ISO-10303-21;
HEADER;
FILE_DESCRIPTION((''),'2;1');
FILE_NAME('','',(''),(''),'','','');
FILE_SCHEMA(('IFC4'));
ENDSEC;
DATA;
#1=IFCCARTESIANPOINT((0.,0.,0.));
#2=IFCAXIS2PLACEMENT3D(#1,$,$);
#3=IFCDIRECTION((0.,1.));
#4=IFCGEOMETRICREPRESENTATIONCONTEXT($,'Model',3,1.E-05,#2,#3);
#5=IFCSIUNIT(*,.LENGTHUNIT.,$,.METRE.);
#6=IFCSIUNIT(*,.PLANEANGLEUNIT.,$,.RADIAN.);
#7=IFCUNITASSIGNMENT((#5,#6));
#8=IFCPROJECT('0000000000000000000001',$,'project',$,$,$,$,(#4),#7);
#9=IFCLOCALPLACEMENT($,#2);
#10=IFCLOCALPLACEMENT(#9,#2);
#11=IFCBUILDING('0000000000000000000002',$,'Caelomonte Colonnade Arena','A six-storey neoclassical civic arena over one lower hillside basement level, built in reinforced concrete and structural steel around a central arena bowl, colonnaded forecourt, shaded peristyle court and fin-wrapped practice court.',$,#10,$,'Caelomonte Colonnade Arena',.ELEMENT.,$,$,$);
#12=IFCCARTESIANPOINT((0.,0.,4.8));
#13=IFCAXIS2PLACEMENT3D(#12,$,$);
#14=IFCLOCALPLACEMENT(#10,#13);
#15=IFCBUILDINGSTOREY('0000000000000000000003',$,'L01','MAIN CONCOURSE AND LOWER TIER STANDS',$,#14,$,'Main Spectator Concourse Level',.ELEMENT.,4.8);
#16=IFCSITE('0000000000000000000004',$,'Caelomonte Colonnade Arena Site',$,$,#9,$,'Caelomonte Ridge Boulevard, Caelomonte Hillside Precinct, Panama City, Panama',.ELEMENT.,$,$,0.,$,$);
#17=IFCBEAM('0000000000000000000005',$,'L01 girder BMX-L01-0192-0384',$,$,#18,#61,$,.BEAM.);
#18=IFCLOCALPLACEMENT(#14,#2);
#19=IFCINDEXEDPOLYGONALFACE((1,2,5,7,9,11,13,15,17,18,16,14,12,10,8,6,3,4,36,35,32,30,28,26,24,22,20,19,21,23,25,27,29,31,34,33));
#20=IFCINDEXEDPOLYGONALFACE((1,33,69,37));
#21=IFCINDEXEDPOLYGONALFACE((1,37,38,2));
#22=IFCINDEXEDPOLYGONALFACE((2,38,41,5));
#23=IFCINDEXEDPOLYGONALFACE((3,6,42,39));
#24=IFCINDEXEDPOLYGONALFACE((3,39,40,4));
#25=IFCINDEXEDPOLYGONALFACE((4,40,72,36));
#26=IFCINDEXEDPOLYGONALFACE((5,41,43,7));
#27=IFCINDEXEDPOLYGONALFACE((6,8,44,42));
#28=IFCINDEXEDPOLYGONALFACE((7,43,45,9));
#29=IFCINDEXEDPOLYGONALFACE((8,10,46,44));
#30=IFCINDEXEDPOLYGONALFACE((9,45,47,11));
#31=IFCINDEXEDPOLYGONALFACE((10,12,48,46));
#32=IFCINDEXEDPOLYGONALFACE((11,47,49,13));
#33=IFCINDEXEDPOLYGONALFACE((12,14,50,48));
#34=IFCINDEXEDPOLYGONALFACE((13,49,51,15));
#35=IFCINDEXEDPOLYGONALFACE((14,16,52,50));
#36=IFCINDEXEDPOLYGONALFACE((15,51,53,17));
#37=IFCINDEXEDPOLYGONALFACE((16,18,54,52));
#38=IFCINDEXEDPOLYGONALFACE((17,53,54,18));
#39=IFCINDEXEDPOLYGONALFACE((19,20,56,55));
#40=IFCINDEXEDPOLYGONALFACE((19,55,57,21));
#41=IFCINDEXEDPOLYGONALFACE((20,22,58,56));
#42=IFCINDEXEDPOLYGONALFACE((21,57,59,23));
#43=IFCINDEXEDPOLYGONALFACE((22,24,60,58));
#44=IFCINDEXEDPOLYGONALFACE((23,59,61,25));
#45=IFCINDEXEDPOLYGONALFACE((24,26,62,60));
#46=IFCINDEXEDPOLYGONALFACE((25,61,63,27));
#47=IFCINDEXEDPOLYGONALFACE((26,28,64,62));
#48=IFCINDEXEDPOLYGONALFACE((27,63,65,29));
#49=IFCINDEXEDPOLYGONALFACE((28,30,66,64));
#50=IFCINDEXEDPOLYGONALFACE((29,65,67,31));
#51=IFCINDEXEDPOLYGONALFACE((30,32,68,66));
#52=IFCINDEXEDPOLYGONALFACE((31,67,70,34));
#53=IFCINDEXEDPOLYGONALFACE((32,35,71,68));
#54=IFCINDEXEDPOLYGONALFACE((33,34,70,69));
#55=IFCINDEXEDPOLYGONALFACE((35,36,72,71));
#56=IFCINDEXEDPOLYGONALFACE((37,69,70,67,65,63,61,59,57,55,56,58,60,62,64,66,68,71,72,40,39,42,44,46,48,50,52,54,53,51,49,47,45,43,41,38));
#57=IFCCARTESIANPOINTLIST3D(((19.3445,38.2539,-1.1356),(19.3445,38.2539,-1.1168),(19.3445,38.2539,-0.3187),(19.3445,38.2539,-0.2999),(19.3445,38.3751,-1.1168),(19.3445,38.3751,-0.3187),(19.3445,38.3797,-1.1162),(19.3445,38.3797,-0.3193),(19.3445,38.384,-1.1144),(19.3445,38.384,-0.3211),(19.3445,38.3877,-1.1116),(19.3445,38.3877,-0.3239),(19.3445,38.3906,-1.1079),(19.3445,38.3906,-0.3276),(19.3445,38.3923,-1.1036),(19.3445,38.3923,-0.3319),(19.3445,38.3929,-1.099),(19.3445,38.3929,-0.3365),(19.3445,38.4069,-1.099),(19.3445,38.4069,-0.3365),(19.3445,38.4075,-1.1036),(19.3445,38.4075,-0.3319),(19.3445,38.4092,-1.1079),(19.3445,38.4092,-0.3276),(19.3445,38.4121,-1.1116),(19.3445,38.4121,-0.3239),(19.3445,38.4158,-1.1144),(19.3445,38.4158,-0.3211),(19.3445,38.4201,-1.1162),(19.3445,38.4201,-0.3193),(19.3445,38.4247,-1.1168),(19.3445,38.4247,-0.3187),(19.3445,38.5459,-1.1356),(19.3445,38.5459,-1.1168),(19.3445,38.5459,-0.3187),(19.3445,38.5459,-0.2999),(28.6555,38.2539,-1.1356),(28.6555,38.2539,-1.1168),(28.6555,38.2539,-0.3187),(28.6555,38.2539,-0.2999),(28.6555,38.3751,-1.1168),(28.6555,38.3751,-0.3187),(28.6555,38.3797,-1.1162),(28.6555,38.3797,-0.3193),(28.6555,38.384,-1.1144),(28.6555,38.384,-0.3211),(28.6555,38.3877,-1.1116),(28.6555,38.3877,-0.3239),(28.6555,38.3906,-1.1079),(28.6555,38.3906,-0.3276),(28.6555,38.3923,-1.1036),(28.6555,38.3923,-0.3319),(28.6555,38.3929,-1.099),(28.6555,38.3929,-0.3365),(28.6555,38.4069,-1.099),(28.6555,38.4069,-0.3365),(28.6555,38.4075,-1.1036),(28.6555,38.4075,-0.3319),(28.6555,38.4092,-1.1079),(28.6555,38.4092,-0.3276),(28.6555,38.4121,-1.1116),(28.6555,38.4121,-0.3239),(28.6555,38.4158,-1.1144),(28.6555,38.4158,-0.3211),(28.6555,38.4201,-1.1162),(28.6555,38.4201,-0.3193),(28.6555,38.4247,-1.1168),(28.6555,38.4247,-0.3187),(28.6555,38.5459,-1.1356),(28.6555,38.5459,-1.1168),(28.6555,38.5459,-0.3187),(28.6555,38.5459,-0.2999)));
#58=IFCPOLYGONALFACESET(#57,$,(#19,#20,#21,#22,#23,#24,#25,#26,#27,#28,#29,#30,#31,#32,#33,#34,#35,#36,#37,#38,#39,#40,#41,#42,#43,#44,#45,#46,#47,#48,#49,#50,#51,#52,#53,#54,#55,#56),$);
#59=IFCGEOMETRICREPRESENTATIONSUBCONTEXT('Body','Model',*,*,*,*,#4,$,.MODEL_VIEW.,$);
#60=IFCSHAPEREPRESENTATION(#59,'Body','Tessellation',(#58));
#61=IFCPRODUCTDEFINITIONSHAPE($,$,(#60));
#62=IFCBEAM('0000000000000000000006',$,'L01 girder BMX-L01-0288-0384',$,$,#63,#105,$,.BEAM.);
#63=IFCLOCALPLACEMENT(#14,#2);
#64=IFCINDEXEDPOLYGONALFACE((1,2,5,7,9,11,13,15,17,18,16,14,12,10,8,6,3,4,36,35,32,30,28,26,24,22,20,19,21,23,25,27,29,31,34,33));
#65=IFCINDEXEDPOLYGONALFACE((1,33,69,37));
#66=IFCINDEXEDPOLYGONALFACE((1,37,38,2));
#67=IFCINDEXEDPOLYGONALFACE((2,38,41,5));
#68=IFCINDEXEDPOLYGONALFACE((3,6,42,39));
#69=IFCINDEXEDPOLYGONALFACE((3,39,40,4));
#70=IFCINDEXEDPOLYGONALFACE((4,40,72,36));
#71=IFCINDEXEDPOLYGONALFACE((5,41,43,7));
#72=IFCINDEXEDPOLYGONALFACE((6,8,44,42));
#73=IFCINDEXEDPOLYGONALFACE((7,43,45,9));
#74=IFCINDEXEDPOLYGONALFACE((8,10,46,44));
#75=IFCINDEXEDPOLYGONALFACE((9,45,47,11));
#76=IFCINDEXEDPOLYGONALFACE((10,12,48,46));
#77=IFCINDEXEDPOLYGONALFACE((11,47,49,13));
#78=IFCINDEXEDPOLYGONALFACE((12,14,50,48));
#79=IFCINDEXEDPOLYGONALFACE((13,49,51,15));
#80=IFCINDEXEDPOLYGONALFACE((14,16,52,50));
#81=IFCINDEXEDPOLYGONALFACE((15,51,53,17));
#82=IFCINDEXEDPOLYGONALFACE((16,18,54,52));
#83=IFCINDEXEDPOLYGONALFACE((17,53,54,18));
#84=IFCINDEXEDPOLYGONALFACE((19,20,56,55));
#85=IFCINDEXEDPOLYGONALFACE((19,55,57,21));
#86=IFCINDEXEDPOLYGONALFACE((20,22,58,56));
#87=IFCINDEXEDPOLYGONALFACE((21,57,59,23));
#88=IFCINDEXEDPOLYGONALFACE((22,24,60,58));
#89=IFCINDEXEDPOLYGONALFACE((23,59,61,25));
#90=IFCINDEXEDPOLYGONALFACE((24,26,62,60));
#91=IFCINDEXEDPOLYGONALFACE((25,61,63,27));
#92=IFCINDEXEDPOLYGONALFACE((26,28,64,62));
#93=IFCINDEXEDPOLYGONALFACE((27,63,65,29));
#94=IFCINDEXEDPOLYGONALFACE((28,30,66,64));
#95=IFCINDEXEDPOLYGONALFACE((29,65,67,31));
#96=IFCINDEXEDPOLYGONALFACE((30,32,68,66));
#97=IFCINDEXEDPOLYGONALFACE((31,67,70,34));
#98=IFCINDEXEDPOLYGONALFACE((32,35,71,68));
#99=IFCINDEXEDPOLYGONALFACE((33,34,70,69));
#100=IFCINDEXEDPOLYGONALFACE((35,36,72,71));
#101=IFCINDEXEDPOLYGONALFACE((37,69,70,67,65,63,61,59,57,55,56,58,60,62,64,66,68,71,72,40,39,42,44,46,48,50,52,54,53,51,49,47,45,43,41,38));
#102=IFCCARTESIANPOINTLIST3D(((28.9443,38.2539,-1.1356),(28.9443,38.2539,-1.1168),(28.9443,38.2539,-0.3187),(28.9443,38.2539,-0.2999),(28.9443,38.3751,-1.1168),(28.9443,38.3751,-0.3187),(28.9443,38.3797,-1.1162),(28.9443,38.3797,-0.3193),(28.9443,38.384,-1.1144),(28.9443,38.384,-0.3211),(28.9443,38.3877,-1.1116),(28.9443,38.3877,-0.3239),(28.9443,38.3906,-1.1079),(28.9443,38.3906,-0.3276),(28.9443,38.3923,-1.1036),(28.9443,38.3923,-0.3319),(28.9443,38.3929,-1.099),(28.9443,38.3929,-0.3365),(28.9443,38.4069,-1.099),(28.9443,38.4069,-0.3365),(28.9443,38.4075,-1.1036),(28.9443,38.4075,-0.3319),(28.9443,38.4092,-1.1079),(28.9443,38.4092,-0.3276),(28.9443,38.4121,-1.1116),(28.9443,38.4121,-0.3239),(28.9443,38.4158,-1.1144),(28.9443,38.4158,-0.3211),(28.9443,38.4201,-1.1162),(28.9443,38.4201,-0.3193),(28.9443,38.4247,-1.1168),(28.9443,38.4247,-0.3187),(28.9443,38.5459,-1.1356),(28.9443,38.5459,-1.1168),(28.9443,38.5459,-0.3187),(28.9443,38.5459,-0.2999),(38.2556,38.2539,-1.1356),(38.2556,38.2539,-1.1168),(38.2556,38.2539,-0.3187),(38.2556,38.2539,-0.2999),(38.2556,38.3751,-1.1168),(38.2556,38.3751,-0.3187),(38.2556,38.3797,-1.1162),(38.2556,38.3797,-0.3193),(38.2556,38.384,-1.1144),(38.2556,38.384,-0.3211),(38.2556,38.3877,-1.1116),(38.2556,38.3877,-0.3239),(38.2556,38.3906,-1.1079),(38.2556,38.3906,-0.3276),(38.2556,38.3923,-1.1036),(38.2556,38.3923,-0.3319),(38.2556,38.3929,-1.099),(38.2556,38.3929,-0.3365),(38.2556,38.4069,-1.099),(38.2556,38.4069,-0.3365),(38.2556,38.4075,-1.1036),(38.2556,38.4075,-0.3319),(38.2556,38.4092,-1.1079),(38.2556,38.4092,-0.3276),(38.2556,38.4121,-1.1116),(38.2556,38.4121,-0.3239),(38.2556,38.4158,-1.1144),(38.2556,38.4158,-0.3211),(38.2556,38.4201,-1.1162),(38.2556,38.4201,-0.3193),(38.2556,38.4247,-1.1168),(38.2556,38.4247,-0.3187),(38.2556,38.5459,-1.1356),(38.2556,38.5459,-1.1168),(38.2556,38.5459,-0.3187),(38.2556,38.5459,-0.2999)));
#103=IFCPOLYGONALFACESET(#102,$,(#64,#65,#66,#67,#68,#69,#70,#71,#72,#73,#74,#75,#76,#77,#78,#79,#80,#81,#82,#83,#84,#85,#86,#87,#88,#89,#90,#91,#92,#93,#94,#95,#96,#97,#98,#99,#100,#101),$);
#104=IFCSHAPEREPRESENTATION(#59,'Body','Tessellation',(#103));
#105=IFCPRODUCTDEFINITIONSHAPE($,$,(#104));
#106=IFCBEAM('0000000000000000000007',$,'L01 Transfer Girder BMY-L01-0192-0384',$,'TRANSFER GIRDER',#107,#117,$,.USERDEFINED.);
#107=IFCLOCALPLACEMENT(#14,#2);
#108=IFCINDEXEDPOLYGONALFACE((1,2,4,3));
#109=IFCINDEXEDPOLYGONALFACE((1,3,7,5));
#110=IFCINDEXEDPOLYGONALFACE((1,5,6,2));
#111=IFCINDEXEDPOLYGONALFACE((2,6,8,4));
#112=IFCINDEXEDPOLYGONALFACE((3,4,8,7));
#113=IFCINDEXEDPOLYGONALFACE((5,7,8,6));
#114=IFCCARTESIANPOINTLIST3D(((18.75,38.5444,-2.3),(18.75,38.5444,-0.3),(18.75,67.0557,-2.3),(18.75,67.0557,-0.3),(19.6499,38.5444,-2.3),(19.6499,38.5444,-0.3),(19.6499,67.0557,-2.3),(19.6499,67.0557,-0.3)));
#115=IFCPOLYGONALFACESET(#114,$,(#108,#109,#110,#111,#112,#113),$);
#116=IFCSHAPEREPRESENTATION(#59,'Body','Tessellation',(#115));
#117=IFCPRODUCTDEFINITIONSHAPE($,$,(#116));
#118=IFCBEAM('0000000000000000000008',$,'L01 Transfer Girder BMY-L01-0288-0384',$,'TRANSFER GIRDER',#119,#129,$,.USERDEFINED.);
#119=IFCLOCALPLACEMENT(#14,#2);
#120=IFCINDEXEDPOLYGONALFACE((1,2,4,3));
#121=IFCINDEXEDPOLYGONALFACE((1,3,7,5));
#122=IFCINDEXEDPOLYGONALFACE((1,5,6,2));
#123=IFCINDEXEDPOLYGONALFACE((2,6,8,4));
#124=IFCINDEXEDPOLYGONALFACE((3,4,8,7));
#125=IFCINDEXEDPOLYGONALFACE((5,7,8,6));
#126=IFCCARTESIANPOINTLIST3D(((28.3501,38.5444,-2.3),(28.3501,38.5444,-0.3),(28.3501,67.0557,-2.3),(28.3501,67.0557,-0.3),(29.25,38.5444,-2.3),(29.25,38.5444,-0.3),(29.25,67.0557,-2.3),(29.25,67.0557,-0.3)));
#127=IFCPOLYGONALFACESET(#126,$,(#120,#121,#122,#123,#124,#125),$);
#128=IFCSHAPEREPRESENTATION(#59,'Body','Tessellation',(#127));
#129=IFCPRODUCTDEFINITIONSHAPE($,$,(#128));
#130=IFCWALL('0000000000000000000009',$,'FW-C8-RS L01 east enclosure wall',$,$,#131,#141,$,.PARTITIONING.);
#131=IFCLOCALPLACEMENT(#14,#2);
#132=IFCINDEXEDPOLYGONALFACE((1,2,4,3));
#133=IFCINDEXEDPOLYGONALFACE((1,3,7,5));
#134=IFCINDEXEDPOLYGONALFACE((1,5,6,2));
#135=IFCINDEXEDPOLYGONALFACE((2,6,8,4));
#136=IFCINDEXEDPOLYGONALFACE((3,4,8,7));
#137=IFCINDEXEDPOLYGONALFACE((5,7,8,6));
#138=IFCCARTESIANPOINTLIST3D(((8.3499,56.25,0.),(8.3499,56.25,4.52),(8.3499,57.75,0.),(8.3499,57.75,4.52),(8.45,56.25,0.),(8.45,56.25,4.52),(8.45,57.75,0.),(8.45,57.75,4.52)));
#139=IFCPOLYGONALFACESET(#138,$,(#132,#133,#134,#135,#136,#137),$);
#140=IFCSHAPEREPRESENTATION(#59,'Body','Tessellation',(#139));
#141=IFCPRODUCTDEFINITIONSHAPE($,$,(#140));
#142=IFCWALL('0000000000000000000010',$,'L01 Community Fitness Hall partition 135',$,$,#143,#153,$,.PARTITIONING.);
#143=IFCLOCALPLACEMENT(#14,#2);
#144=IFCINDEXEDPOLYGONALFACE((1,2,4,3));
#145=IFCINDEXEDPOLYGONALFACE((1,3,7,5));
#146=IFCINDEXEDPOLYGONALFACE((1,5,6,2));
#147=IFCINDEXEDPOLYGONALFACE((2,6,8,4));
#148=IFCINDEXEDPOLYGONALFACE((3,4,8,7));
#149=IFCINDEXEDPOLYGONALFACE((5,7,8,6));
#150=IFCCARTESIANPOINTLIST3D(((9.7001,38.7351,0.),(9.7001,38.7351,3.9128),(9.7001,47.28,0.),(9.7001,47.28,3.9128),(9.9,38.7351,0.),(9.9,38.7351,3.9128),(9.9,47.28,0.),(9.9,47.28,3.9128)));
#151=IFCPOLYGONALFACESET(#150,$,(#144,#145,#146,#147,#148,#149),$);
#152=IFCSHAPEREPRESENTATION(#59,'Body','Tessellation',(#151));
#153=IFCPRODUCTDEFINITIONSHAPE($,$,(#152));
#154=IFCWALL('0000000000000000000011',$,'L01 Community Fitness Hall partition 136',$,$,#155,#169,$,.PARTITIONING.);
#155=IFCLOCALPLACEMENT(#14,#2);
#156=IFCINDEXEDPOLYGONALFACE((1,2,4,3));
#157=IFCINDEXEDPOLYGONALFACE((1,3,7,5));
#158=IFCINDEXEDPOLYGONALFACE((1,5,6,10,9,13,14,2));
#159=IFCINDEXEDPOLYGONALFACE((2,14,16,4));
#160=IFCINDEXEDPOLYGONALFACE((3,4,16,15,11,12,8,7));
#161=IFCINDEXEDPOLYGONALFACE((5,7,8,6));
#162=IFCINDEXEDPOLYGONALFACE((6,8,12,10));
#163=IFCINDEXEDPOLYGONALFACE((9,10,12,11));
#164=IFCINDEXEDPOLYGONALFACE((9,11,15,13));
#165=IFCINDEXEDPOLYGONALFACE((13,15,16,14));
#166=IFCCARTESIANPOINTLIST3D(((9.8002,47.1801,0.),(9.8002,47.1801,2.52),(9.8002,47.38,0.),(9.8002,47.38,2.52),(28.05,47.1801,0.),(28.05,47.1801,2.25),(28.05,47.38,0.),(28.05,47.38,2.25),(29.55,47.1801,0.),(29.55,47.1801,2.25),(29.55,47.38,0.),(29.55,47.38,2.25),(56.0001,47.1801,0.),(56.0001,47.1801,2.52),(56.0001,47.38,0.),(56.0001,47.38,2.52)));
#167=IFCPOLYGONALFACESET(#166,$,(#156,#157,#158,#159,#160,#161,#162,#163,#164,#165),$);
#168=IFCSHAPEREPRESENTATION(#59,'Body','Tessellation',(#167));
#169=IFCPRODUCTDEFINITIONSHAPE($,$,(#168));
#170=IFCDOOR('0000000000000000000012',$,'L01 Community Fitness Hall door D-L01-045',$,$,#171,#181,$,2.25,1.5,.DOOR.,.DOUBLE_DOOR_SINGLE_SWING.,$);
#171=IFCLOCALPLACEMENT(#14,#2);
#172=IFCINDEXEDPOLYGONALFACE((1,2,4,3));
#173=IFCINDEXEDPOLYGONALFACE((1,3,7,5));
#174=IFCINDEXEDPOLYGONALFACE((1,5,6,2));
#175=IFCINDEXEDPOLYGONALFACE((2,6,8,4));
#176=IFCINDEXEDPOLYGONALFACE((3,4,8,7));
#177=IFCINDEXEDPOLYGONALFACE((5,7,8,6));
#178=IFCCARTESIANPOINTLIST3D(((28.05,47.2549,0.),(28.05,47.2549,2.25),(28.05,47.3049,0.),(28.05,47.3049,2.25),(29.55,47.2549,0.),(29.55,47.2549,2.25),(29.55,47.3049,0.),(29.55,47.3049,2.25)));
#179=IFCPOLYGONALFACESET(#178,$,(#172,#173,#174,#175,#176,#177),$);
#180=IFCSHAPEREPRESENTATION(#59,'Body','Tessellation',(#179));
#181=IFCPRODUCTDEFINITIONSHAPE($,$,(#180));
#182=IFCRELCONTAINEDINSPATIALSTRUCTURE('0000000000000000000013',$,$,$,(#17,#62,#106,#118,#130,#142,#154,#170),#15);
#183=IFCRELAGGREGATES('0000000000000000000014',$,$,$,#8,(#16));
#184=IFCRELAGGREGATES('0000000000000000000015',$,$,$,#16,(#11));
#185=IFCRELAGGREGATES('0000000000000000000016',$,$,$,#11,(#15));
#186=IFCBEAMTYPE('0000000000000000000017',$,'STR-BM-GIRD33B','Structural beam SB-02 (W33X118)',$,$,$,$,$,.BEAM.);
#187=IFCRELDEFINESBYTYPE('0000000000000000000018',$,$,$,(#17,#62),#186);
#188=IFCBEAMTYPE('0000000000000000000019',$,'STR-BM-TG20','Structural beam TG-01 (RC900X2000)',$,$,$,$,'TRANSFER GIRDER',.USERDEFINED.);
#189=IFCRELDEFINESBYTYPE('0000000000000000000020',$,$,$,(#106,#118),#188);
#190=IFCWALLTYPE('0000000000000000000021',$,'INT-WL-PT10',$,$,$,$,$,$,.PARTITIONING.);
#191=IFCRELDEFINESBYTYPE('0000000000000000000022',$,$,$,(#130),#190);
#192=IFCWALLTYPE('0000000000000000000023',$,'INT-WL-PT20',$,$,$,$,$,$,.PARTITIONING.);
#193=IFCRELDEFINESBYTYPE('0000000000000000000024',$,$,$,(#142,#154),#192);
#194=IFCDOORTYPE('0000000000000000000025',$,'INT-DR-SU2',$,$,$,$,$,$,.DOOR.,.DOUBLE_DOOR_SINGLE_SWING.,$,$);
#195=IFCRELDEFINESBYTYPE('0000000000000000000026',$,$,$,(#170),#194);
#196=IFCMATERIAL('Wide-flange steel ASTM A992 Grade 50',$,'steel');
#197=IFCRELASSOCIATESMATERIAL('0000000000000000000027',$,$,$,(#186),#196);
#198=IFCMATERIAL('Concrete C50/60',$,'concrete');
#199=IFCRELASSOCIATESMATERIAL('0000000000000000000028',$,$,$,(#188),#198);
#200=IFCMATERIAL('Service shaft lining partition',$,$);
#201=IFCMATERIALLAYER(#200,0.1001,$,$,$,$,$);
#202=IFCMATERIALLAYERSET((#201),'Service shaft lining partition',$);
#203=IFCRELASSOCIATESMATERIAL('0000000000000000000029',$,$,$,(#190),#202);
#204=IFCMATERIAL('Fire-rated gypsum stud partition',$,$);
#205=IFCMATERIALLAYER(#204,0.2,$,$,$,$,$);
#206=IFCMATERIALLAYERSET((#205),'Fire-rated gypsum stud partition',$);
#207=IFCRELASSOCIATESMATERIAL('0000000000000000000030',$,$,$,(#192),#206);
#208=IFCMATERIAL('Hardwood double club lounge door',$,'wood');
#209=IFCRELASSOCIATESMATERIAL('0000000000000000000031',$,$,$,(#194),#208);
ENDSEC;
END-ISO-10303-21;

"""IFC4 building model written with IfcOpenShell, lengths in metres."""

from ifc_helpers import new_model, si_unit, direction, frame, frame_2d, origin, origin_2d, place, context, subcontext, project, spatial, rectangle, i_section, extrude, material, layer, layer_set, material_profile, profile_set, type_object, element, fill, save


model = new_model("IFC4")

# Units and contexts
model_context = context("Model", 3, precision=1e-05, world=origin(), true_north=direction((0.0, 1.0)))
body_context = subcontext(model_context, "Body", "Model", "MODEL_VIEW")
ifc_project = project(units=[si_unit("LENGTHUNIT", "METRE"), si_unit("PLANEANGLEUNIT", "RADIAN")], contexts=[model_context])

# Site, building, storey
site_placement = place(None, origin())
site = spatial("IfcSite", under=ifc_project, at=site_placement, Name="Caelomonte Colonnade Arena Site", LongName="Caelomonte Ridge Boulevard, Caelomonte Hillside Precinct, Panama City, Panama", CompositionType="ELEMENT", RefElevation=0.0)
building_placement = place(site_placement, origin())
building = spatial("IfcBuilding", under=site, at=building_placement, Name="Caelomonte Colonnade Arena", Description="A six-storey neoclassical civic arena over one lower hillside basement level, built in reinforced concrete and structural steel around a central arena bowl, colonnaded forecourt, shaded peristyle court and fin-wrapped practice court.", LongName="Caelomonte Colonnade Arena", CompositionType="ELEMENT")
storey_placement = place(building_placement, frame((0.0, 0.0, 4.8)))
storey = spatial("IfcBuildingStorey", under=building, at=storey_placement, Name="L01", Description="MAIN CONCOURSE AND LOWER TIER STANDS", LongName="Main Spectator Concourse Level", CompositionType="ELEMENT", Elevation=4.8)

# Shared definitions
ifc_material_1 = material(Name="Wide-flange steel ASTM A992 Grade 50", Category="steel")

# Beams
ifc_material_profile_1 = material_profile(ifc_material_1, i_section(OverallWidth=0.292, OverallDepth=0.8357, WebThickness=0.0139, FlangeThickness=0.0188, FilletRadius=0.0178, at=origin_2d()), Name="W33X118")
ifc_profile_set_1 = profile_set([ifc_material_profile_1], Name="Wide-flange steel ASTM A992 Grade 50")
beam_type_1 = type_object("IfcBeamType", Name="STR-BM-GIRD33B", Description="Structural beam SB-02 (W33X118)", PredefinedType="BEAM", material=ifc_profile_set_1)
beam_1_placement = place(storey_placement, frame((19.3445, 38.3999, -0.7178), z_axis=(1.0, 0.0, 0.0), x_axis=(0.0, 1.0, 0.0)))
element("IfcBeam", 1, at=beam_1_placement, inside=storey, type_object=beam_type_1, Name="L01 girder BMX-L01-0192-0384", PredefinedType="BEAM", context=body_context, shape_type="SweptSolid", body=[
    extrude(i_section(OverallWidth=0.292, OverallDepth=0.8357, WebThickness=0.0139, FlangeThickness=0.0188, FilletRadius=0.0178, at=origin_2d()), origin(), (0.0, 0.0, 1.0), 9.311),
])
beam_2_placement = place(storey_placement, frame((28.9443, 38.3999, -0.7178), z_axis=(1.0, 0.0, 0.0), x_axis=(0.0, 1.0, 0.0)))
element("IfcBeam", 2, at=beam_2_placement, inside=storey, type_object=beam_type_1, Name="L01 girder BMX-L01-0288-0384", PredefinedType="BEAM", context=body_context, shape_type="SweptSolid", body=[
    extrude(i_section(OverallWidth=0.292, OverallDepth=0.8357, WebThickness=0.0139, FlangeThickness=0.0188, FilletRadius=0.0178, at=origin_2d()), origin(), (0.0, 0.0, 1.0), 9.3113),
])
ifc_material_2 = material(Name="Concrete C50/60", Category="concrete")
ifc_material_profile_2 = material_profile(ifc_material_2, rectangle(XDim=0.8999, YDim=2.0, at=origin_2d()), Name="RC900X2000")
ifc_profile_set_2 = profile_set([ifc_material_profile_2], Name="Concrete C50/60")
beam_type_2 = type_object("IfcBeamType", Name="STR-BM-TG20", Description="Structural beam TG-01 (RC900X2000)", ElementType="TRANSFER GIRDER", PredefinedType="USERDEFINED", material=ifc_profile_set_2)
for number, where, z_axis, x_axis, name in (
    (3, (19.2, 38.5444, -1.3), (0.0, 1.0, 0.0), (-1.0, 0.0, 0.0), "L01 Transfer Girder BMY-L01-0192-0384"),
    (4, (28.8, 38.5444, -1.3), (0.0, 1.0, 0.0), (-1.0, 0.0, 0.0), "L01 Transfer Girder BMY-L01-0288-0384"),
):
    element("IfcBeam", number, at=place(storey_placement, frame(where, z_axis=z_axis, x_axis=x_axis)), inside=storey, type_object=beam_type_2, Name=name, ObjectType="TRANSFER GIRDER", PredefinedType="USERDEFINED", context=body_context, shape_type="SweptSolid", body=[
        extrude(rectangle(XDim=0.8999, YDim=2.0, at=origin_2d()), origin(), (0.0, 0.0, 1.0), 28.5112),
    ])

# Walls
ifc_material_3 = material(Name="Service shaft lining partition")
ifc_layer_1 = layer(ifc_material_3, 0.1001)
ifc_layer_set_1 = layer_set([ifc_layer_1], Name="Service shaft lining partition")
wall_type_1 = type_object("IfcWallType", Name="INT-WL-PT10", PredefinedType="PARTITIONING", material=ifc_layer_set_1)
wall_1_placement = place(storey_placement, frame((8.3999, 56.25, 0.0), z_axis=(0.0, 0.0, 1.0), x_axis=(0.0, 1.0, 0.0)))
element("IfcWall", 5, at=wall_1_placement, inside=storey, type_object=wall_type_1, Name="FW-C8-RS L01 east enclosure wall", PredefinedType="PARTITIONING", context=body_context, shape_type="SweptSolid", body=[
    extrude(rectangle(XDim=1.5, YDim=0.1001, at=frame_2d((0.75, 0.0))), origin(), (0.0, 0.0, 1.0), 4.52),
])
ifc_material_4 = material(Name="Fire-rated gypsum stud partition")
ifc_layer_2 = layer(ifc_material_4, 0.2)
ifc_layer_set_2 = layer_set([ifc_layer_2], Name="Fire-rated gypsum stud partition")
wall_type_2 = type_object("IfcWallType", Name="INT-WL-PT20", PredefinedType="PARTITIONING", material=ifc_layer_set_2)
wall_2_placement = place(storey_placement, frame((9.8, 38.7351, 0.0), z_axis=(0.0, 0.0, 1.0), x_axis=(0.0, 1.0, 0.0)))
element("IfcWall", 6, at=wall_2_placement, inside=storey, type_object=wall_type_2, Name="L01 Community Fitness Hall partition 135", PredefinedType="PARTITIONING", context=body_context, shape_type="SweptSolid", body=[
    extrude(rectangle(XDim=8.5449, YDim=0.2, at=frame_2d((4.2725, 0.0))), origin(), (0.0, 0.0, 1.0), 3.9128),
])

# Wall, opening, door
wall_3_placement = place(storey_placement, frame((9.8, 47.28, 0.0), z_axis=(0.0, 0.0, 1.0), x_axis=(1.0, 0.0, 0.0)))
wall_3 = element("IfcWall", 7, at=wall_3_placement, inside=storey, type_object=wall_type_2, Name="L01 Community Fitness Hall partition 136", PredefinedType="PARTITIONING", context=body_context, shape_type="SweptSolid", body=[
    extrude(rectangle(XDim=46.2, YDim=0.2, at=frame_2d((23.1001, 0.0))), origin(), (0.0, 0.0, 1.0), 2.52),
])
opening_placement = place(wall_3_placement, frame((18.25, 0.0, 0.0), z_axis=(0.0, 0.0, 1.0), x_axis=(1.0, 0.0, 0.0)))
opening = element("IfcOpeningElement", 8, at=opening_placement, cuts=wall_3, PredefinedType="OPENING", context=body_context, shape_type="SweptSolid", body=[
    extrude(rectangle(XDim=1.5, YDim=2.25, at=frame_2d((0.75, 1.125))), frame((0.0, 0.1099, 0.0), z_axis=(0.0, -1.0, 0.0), x_axis=(1.0, 0.0, 0.0)), (0.0, 0.0, 1.0), 0.22),
])
ifc_material_5 = material(Name="Hardwood double club lounge door", Category="wood")
door_type = type_object("IfcDoorType", Name="INT-DR-SU2", OperationType="DOUBLE_DOOR_SINGLE_SWING", PredefinedType="DOOR", material=ifc_material_5)
door_placement = place(opening_placement, origin())
door = element("IfcDoor", 9, at=door_placement, inside=storey, type_object=door_type, Name="L01 Community Fitness Hall door D-L01-045", OperationType="DOUBLE_DOOR_SINGLE_SWING", OverallHeight=2.25, OverallWidth=1.5, PredefinedType="DOOR", context=body_context, shape_type="SweptSolid", body=[
    extrude(rectangle(XDim=1.5, YDim=2.25, at=frame_2d((0.75, 1.125))), frame((0.0, 0.0249, 0.0), z_axis=(0.0, -1.0, 0.0), x_axis=(1.0, 0.0, 0.0)), (0.0, 0.0, 1.0), 0.05),
])
fill(opening, door)

save(model, "model.ifc")
